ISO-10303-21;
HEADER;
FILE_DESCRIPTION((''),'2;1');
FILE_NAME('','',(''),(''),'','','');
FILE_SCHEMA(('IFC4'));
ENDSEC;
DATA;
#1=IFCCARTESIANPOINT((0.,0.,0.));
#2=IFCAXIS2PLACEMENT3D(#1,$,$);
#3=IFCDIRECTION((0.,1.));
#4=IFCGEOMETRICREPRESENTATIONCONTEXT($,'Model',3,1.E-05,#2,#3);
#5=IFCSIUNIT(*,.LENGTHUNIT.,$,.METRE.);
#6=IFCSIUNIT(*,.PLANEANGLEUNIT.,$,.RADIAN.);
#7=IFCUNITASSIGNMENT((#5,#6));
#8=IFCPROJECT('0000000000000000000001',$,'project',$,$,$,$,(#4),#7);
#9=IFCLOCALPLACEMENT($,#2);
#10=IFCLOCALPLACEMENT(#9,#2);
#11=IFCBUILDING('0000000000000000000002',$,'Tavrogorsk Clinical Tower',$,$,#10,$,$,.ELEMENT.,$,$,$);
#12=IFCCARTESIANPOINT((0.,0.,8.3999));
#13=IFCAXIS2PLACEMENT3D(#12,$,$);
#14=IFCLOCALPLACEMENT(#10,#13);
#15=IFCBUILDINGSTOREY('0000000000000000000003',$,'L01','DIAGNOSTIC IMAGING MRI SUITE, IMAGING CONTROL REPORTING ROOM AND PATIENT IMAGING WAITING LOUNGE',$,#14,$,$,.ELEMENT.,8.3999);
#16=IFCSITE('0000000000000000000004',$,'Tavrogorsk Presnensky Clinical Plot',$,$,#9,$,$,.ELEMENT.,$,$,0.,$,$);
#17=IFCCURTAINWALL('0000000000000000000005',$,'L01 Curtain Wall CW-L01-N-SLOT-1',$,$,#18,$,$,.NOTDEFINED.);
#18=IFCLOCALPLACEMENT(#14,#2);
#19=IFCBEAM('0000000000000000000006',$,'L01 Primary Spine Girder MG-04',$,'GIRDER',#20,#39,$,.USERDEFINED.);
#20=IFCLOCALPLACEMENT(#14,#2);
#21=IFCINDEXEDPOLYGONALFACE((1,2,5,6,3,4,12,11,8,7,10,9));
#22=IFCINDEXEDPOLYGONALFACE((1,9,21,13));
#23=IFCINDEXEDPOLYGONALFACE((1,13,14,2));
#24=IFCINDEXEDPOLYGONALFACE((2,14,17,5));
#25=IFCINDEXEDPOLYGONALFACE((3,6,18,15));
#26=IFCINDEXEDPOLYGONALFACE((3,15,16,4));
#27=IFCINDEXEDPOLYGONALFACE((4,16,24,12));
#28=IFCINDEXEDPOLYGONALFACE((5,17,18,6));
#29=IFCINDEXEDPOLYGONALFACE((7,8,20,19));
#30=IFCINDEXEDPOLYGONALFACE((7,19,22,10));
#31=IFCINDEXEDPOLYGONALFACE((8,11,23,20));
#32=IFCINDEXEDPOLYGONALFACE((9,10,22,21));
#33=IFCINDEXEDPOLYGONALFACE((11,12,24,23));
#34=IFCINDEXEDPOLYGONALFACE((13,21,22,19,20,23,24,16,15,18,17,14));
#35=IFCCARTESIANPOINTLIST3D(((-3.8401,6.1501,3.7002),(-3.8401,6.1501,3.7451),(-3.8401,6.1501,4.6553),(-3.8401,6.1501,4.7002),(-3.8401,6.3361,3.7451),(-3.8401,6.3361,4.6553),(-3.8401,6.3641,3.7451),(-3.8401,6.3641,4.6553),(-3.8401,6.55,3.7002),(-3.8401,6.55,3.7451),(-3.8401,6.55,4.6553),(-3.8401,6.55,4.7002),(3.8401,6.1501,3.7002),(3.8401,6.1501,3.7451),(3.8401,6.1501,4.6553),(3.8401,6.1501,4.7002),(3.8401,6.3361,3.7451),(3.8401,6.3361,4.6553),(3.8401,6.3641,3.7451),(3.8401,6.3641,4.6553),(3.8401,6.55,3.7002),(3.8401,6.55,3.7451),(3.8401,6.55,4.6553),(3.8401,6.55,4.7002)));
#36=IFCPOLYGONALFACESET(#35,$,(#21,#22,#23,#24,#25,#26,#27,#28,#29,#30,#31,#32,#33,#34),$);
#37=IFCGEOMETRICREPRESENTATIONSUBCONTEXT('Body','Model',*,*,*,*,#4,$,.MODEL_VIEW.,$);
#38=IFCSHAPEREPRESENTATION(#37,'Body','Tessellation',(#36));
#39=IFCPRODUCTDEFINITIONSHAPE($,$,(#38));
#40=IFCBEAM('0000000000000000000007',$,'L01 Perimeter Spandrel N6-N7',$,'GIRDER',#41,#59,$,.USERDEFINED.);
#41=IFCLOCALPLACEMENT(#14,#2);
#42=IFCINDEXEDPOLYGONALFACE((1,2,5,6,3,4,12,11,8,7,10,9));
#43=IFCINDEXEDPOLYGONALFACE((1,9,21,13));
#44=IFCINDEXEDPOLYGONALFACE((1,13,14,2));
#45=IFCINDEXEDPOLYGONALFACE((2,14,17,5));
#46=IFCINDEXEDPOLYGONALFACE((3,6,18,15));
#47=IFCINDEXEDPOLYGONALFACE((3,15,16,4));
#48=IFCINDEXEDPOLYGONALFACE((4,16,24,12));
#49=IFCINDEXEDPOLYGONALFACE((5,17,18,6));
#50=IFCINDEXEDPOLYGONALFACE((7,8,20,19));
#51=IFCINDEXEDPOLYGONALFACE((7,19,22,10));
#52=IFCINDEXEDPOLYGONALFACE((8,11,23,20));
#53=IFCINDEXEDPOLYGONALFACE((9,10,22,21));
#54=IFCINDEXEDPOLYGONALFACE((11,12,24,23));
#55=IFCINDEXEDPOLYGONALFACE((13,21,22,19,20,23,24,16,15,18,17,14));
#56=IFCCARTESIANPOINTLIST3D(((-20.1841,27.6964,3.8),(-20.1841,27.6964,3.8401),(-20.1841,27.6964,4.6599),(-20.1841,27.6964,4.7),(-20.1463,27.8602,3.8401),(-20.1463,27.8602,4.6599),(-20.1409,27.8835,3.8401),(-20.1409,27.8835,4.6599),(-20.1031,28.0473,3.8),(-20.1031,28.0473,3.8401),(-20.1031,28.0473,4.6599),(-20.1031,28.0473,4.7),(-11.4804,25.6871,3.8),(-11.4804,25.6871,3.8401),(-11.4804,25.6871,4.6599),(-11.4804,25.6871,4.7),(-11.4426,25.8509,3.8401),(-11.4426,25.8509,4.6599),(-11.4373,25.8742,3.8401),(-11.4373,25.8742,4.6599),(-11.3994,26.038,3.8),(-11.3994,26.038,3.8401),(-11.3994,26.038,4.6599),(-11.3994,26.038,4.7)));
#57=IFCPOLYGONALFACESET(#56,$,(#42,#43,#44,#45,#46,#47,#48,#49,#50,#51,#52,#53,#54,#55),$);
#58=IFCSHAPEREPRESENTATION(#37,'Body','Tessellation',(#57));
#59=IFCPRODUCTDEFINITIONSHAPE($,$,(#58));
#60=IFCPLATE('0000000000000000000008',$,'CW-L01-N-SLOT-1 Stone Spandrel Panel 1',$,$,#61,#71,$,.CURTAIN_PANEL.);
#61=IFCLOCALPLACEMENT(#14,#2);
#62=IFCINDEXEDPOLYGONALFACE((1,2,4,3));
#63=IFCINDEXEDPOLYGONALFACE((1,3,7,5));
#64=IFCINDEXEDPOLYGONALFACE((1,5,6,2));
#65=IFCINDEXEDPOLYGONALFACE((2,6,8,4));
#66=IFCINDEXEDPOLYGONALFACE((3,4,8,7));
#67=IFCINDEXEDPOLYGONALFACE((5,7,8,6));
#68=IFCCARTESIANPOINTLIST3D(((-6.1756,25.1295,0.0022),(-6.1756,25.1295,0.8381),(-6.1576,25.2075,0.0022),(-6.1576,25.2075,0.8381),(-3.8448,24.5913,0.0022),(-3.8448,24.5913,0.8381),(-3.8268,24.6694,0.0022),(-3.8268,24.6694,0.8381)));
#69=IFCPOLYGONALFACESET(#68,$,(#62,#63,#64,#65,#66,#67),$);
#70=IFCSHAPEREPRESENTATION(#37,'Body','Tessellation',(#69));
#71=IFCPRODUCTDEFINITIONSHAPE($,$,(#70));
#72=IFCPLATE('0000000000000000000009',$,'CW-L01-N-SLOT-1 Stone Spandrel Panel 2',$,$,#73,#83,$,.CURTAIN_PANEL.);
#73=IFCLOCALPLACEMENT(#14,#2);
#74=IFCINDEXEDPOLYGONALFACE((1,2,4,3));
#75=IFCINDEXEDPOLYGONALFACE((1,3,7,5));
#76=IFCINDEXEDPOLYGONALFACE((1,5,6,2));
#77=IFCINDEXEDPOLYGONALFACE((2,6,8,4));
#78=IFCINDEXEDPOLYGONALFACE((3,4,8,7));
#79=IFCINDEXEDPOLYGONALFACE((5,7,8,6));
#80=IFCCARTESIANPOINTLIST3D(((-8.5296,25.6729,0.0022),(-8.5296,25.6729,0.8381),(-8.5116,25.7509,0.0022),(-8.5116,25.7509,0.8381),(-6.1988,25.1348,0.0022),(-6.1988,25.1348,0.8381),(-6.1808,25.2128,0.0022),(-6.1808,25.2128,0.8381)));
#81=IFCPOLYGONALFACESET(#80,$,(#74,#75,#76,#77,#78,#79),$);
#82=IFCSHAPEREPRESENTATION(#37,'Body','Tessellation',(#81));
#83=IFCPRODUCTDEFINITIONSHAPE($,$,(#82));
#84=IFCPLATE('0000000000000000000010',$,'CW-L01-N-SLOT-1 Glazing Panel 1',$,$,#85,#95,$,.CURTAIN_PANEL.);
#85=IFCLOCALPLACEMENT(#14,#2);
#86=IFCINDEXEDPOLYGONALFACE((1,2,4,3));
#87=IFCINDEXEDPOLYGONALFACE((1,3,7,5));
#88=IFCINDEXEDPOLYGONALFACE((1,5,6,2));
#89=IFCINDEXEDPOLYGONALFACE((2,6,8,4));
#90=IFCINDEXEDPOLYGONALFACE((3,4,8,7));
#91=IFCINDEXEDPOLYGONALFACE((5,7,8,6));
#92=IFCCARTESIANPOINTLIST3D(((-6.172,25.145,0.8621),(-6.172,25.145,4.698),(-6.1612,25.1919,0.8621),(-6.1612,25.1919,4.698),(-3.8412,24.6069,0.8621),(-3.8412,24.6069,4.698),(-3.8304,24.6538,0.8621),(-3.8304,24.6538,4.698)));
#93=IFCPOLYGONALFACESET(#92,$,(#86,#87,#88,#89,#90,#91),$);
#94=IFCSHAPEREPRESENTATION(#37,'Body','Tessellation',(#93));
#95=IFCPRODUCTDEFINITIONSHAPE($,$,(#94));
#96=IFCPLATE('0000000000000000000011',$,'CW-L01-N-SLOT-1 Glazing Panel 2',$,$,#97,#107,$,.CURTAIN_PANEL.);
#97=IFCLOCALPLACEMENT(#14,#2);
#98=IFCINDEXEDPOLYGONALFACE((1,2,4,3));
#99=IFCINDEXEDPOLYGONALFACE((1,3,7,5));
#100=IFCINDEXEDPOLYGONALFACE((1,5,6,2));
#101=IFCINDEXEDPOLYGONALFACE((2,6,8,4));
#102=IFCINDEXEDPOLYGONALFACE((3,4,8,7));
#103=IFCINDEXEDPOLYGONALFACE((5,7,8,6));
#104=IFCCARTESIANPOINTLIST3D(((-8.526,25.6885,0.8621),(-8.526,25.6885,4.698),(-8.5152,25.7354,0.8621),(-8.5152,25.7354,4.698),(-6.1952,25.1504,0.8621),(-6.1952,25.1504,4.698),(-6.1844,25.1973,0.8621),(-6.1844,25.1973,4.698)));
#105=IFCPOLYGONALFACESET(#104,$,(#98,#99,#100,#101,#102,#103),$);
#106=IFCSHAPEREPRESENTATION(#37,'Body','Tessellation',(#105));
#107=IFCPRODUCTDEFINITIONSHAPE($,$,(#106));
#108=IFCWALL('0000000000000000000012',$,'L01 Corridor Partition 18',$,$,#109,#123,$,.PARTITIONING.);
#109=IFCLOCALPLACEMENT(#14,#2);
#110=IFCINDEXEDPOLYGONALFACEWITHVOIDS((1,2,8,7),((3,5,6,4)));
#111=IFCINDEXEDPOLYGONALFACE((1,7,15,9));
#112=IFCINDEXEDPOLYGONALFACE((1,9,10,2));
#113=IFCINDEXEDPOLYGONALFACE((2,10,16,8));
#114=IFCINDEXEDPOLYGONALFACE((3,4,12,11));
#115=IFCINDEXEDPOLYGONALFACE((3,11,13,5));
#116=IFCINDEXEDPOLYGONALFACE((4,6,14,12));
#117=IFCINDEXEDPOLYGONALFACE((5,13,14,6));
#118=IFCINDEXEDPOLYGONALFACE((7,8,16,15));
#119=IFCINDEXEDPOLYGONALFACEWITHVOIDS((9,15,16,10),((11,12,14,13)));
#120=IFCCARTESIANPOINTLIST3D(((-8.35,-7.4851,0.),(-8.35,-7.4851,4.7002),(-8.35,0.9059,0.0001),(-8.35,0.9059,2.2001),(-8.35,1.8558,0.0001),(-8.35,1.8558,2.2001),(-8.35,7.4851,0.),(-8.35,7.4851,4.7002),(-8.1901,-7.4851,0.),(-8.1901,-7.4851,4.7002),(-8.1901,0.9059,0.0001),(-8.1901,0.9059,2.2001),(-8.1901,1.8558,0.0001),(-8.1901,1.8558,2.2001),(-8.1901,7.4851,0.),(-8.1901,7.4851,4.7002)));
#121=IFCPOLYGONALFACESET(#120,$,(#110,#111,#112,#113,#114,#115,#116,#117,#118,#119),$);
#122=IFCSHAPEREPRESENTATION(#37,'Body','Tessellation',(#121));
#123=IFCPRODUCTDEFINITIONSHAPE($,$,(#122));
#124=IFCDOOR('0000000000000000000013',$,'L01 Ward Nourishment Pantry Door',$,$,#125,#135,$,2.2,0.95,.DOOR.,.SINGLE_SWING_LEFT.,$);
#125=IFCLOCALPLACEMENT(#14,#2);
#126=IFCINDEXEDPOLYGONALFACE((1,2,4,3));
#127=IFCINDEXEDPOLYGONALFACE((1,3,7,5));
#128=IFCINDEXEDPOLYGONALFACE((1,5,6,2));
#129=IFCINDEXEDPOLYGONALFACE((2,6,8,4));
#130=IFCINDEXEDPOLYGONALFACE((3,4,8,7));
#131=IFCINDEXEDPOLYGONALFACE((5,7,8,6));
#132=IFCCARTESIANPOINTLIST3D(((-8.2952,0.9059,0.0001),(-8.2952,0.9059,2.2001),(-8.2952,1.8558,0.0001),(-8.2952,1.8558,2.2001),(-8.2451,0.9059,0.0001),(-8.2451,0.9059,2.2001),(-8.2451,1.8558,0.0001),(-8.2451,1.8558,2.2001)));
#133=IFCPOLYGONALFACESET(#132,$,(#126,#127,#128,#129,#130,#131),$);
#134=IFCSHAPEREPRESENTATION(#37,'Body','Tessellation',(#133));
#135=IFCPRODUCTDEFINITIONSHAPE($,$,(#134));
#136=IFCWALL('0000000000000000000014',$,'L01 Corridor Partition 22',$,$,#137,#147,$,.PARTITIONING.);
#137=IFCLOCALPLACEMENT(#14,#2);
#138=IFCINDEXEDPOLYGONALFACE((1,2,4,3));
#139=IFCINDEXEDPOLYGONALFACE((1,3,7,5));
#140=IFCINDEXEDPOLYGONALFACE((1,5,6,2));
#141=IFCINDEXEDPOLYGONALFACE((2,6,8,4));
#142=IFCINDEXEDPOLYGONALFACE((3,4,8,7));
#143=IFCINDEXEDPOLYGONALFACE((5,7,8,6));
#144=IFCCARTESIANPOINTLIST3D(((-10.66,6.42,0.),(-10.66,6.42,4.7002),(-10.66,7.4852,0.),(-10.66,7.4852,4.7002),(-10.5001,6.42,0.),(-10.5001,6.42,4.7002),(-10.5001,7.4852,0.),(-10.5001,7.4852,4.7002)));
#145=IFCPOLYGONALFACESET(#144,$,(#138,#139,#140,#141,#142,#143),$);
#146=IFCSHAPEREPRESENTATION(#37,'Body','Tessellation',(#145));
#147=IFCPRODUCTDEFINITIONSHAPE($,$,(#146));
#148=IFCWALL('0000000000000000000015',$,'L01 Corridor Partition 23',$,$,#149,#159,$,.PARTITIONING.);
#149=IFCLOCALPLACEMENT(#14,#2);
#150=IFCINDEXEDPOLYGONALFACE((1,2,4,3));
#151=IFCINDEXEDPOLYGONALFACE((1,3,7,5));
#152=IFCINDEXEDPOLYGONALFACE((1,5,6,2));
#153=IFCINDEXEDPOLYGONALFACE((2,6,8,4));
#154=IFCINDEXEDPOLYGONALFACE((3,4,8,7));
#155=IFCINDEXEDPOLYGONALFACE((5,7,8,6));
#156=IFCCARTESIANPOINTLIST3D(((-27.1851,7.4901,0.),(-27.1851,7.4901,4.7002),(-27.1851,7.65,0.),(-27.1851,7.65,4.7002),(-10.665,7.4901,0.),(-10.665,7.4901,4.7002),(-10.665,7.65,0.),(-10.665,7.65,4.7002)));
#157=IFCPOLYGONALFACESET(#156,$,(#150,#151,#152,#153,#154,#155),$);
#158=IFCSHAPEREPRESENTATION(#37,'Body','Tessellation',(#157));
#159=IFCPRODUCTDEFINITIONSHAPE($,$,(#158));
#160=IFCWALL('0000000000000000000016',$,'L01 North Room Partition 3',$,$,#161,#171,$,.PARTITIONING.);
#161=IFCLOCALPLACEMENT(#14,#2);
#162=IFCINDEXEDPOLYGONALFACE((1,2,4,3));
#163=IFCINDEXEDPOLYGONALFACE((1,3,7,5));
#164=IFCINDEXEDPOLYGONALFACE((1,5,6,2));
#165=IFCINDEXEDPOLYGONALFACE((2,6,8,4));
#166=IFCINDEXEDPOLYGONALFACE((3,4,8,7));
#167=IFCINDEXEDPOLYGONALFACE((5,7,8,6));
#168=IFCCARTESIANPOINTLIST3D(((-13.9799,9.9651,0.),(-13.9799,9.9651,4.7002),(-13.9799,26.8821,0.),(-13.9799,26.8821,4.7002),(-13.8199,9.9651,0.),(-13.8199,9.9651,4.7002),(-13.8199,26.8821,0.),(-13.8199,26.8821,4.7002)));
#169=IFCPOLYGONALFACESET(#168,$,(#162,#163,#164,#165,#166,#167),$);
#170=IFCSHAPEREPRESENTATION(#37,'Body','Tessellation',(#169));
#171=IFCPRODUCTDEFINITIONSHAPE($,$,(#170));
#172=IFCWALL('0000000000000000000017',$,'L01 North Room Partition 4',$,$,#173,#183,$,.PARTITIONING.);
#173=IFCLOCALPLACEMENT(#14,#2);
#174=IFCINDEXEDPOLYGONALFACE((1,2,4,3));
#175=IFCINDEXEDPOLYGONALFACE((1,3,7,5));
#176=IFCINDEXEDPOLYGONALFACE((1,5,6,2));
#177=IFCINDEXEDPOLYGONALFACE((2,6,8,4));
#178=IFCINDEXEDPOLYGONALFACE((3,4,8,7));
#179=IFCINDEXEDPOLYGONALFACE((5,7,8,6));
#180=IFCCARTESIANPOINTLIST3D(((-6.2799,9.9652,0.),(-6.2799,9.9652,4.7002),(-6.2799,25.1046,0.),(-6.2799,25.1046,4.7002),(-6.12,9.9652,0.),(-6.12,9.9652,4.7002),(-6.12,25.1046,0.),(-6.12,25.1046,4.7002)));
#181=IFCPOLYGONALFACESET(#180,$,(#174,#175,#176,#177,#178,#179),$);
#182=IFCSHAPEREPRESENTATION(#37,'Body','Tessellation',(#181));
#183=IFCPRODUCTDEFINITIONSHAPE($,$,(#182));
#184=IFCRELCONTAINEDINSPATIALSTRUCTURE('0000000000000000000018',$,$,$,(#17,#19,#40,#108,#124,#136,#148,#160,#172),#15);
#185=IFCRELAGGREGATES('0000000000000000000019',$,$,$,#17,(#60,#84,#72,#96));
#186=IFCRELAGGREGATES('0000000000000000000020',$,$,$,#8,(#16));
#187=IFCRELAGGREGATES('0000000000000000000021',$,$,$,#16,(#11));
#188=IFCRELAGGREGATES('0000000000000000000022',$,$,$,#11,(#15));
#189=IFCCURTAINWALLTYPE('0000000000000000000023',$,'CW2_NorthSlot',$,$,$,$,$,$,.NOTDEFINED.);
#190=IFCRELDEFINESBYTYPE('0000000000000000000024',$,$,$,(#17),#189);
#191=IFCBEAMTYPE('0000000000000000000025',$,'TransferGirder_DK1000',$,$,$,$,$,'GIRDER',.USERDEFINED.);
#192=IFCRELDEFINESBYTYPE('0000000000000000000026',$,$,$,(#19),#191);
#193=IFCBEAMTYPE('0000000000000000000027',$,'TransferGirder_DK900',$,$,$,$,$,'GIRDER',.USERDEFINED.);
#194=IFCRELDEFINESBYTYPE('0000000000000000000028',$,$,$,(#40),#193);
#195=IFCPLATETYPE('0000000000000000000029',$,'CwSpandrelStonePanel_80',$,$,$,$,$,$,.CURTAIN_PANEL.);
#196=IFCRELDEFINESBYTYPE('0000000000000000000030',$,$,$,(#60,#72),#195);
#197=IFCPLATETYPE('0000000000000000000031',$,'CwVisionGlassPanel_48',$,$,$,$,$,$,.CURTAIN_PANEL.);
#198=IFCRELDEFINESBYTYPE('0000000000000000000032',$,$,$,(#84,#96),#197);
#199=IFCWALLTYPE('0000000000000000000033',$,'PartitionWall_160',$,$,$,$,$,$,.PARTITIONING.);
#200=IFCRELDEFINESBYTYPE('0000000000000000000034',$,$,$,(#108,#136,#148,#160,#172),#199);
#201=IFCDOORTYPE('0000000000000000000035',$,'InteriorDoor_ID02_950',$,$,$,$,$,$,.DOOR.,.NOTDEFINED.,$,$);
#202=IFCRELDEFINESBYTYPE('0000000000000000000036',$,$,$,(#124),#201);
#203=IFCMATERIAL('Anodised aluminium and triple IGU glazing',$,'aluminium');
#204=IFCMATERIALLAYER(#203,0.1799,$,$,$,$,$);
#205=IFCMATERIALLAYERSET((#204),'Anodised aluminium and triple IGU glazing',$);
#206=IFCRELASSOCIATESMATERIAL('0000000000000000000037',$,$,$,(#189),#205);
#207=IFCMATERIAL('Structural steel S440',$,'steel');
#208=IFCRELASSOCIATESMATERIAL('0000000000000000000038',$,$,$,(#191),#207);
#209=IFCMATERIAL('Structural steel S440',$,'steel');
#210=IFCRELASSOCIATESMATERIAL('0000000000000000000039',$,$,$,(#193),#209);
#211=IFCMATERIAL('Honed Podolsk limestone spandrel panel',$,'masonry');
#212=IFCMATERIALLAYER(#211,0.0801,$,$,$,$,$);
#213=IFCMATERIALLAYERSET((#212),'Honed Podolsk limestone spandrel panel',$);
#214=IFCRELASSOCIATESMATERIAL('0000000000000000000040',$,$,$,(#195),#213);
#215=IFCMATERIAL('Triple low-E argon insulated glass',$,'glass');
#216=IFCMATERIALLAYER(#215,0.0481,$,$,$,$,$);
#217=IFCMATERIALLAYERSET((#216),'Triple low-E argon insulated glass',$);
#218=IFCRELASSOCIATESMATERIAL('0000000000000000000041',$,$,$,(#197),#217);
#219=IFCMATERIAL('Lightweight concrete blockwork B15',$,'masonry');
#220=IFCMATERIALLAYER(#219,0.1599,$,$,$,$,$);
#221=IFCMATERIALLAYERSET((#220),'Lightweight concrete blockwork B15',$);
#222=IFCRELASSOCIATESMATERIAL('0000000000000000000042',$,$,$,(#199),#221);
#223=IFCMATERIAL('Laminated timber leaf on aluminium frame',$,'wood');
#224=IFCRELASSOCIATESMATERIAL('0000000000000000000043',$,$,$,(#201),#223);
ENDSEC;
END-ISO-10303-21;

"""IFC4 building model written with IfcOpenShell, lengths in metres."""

from ifc_helpers import new_model, si_unit, direction, frame, frame_2d, origin, origin_2d, place, context, subcontext, project, spatial, rectangle, i_section, extrude, material, layer, layer_set, material_profile, profile_set, type_object, element, fill, aggregate, save


model = new_model("IFC4")

# Units and contexts
model_context = context("Model", 3, precision=1e-05, world=origin(), true_north=direction((0.0, 1.0)))
body_context = subcontext(model_context, "Body", "Model", "MODEL_VIEW")
ifc_project = project(units=[si_unit("LENGTHUNIT", "METRE"), si_unit("PLANEANGLEUNIT", "RADIAN")], contexts=[model_context])

# Site, building, storey
site_placement = place(None, origin())
site = spatial("IfcSite", under=ifc_project, at=site_placement, Name="Tavrogorsk Presnensky Clinical Plot", CompositionType="ELEMENT", RefElevation=0.0)
building_placement = place(site_placement, origin())
building = spatial("IfcBuilding", under=site, at=building_placement, Name="Tavrogorsk Clinical Tower", CompositionType="ELEMENT")
storey_placement = place(building_placement, frame((0.0, 0.0, 8.3999)))
storey = spatial("IfcBuildingStorey", under=building, at=storey_placement, Name="L01", Description="DIAGNOSTIC IMAGING MRI SUITE, IMAGING CONTROL REPORTING ROOM AND PATIENT IMAGING WAITING LOUNGE", CompositionType="ELEMENT", Elevation=8.3999)

# Curtain wall
ifc_material_1 = material(Name="Anodised aluminium and triple IGU glazing", Category="aluminium")
ifc_layer_1 = layer(ifc_material_1, 0.1799)
ifc_layer_set_1 = layer_set([ifc_layer_1], Name="Anodised aluminium and triple IGU glazing")
curtain_wall_type = type_object("IfcCurtainWallType", Name="CW2_NorthSlot", PredefinedType="NOTDEFINED", material=ifc_layer_set_1)
curtain_wall_placement = place(storey_placement, origin())
curtain_wall = element("IfcCurtainWall", 1, at=curtain_wall_placement, inside=storey, type_object=curtain_wall_type, Name="L01 Curtain Wall CW-L01-N-SLOT-1", PredefinedType="NOTDEFINED")

# Beams
ifc_material_2 = material(Name="Structural steel S440", Category="steel")
ifc_material_profile_1 = material_profile(ifc_material_2, i_section(OverallWidth=0.3999, OverallDepth=1.0, WebThickness=0.0281, FlangeThickness=0.0449, at=origin_2d()), Name="DK-1000x400x28x45")
ifc_profile_set_1 = profile_set([ifc_material_profile_1], Name="Structural steel S440")
beam_type_1 = type_object("IfcBeamType", Name="TransferGirder_DK1000", ElementType="GIRDER", PredefinedType="USERDEFINED", material=ifc_profile_set_1)
beam_1_placement = place(storey_placement, frame((-3.8401, 6.3501, 4.2002), z_axis=(1.0, 0.0, 0.0), x_axis=(0.0, 1.0, 0.0)))
element("IfcBeam", 2, at=beam_1_placement, inside=storey, type_object=beam_type_1, Name="L01 Primary Spine Girder MG-04", ObjectType="GIRDER", PredefinedType="USERDEFINED", context=body_context, shape_type="SweptSolid", body=[
    extrude(i_section(OverallWidth=0.3999, OverallDepth=1.0, WebThickness=0.0281, FlangeThickness=0.0449, at=origin_2d()), origin(), (0.0, 0.0, 1.0), 7.6802),
])
ifc_material_3 = material(Name="Structural steel S440", Category="steel")
ifc_material_profile_2 = material_profile(ifc_material_3, i_section(OverallWidth=0.3601, OverallDepth=0.8999, WebThickness=0.0239, FlangeThickness=0.04, at=origin_2d()), Name="DK-900x360x24x40")
ifc_profile_set_2 = profile_set([ifc_material_profile_2], Name="Structural steel S440")
beam_type_2 = type_object("IfcBeamType", Name="TransferGirder_DK900", ElementType="GIRDER", PredefinedType="USERDEFINED", material=ifc_profile_set_2)
beam_2_placement = place(storey_placement, frame((-11.4399, 25.8625, 4.25), z_axis=(-0.974373, 0.224939, 0.0), x_axis=(-0.224939, -0.974373, 0.0)))
element("IfcBeam", 3, at=beam_2_placement, inside=storey, type_object=beam_type_2, Name="L01 Perimeter Spandrel N6-N7", ObjectType="GIRDER", PredefinedType="USERDEFINED", context=body_context, shape_type="SweptSolid", body=[
    extrude(i_section(OverallWidth=0.3601, OverallDepth=0.8999, WebThickness=0.0239, FlangeThickness=0.04, at=origin_2d()), origin(), (0.0, 0.0, 1.0), 8.9326),
])

# Plates
ifc_material_4 = material(Name="Honed Podolsk limestone spandrel panel", Category="masonry")
ifc_layer_2 = layer(ifc_material_4, 0.0801)
ifc_layer_set_2 = layer_set([ifc_layer_2], Name="Honed Podolsk limestone spandrel panel")
plate_type_1 = type_object("IfcPlateType", Name="CwSpandrelStonePanel_80", PredefinedType="CURTAIN_PANEL", material=ifc_layer_set_2)
plate_1_placement = place(storey_placement, frame((-5.0012, 24.8994, 0.0022), z_axis=(0.0, 0.0, 1.0), x_axis=(-0.97437, 0.224951, 0.0)))
plate_1 = element("IfcPlate", 4, at=plate_1_placement, type_object=plate_type_1, Name="CW-L01-N-SLOT-1 Stone Spandrel Panel 1", PredefinedType="CURTAIN_PANEL", context=body_context, shape_type="SweptSolid", body=[
    extrude(rectangle(XDim=2.3921, YDim=0.0801, at=origin_2d()), origin(), (0.0, 0.0, 1.0), 0.8359),
])
plate_2_placement = place(storey_placement, frame((-7.3552, 25.4429, 0.0022), z_axis=(0.0, 0.0, 1.0), x_axis=(-0.97437, 0.224951, 0.0)))
plate_2 = element("IfcPlate", 5, at=plate_2_placement, type_object=plate_type_1, Name="CW-L01-N-SLOT-1 Stone Spandrel Panel 2", PredefinedType="CURTAIN_PANEL", context=body_context, shape_type="SweptSolid", body=[
    extrude(rectangle(XDim=2.3921, YDim=0.0801, at=origin_2d()), origin(), (0.0, 0.0, 1.0), 0.8359),
])
ifc_material_5 = material(Name="Triple low-E argon insulated glass", Category="glass")
ifc_layer_3 = layer(ifc_material_5, 0.0481)
ifc_layer_set_3 = layer_set([ifc_layer_3], Name="Triple low-E argon insulated glass")
plate_type_2 = type_object("IfcPlateType", Name="CwVisionGlassPanel_48", PredefinedType="CURTAIN_PANEL", material=ifc_layer_set_3)
plate_3_placement = place(storey_placement, frame((-5.0012, 24.8994, 0.8621), z_axis=(0.0, 0.0, 1.0), x_axis=(-0.97437, 0.224951, 0.0)))
plate_3 = element("IfcPlate", 6, at=plate_3_placement, type_object=plate_type_2, Name="CW-L01-N-SLOT-1 Glazing Panel 1", PredefinedType="CURTAIN_PANEL", context=body_context, shape_type="SweptSolid", body=[
    extrude(rectangle(XDim=2.3921, YDim=0.0481, at=origin_2d()), origin(), (0.0, 0.0, 1.0), 3.8359),
])
plate_4_placement = place(storey_placement, frame((-7.3552, 25.4429, 0.8621), z_axis=(0.0, 0.0, 1.0), x_axis=(-0.97437, 0.224951, 0.0)))
plate_4 = element("IfcPlate", 7, at=plate_4_placement, type_object=plate_type_2, Name="CW-L01-N-SLOT-1 Glazing Panel 2", PredefinedType="CURTAIN_PANEL", context=body_context, shape_type="SweptSolid", body=[
    extrude(rectangle(XDim=2.3921, YDim=0.0481, at=origin_2d()), origin(), (0.0, 0.0, 1.0), 3.8359),
])
aggregate(curtain_wall, [plate_1, plate_3, plate_2, plate_4])

# Wall, opening, door
ifc_material_6 = material(Name="Lightweight concrete blockwork B15", Category="masonry")
ifc_layer_4 = layer(ifc_material_6, 0.1599)
ifc_layer_set_4 = layer_set([ifc_layer_4], Name="Lightweight concrete blockwork B15")
wall_type_1 = type_object("IfcWallType", Name="PartitionWall_160", PredefinedType="PARTITIONING", material=ifc_layer_set_4)
wall_1_placement = place(storey_placement, frame((-8.27, 7.4851, 0.0), z_axis=(0.0, 0.0, 1.0), x_axis=(0.0, -1.0, 0.0)))
wall_1 = element("IfcWall", 8, at=wall_1_placement, inside=storey, type_object=wall_type_1, Name="L01 Corridor Partition 18", PredefinedType="PARTITIONING", context=body_context, shape_type="SweptSolid", body=[
    extrude(rectangle(XDim=14.9702, YDim=0.1599, at=frame_2d((7.4851, 0.0))), origin(), (0.0, 0.0, 1.0), 4.7002),
])
opening_1_placement = place(wall_1_placement, frame((5.6292, 0.0, 0.0)))
opening_1 = element("IfcOpeningElement", 9, at=opening_1_placement, cuts=wall_1, PredefinedType="OPENING", context=body_context, shape_type="SweptSolid", body=[
    extrude(rectangle(XDim=0.95, YDim=2.2, at=frame_2d((0.4751, 1.1001))), frame((0.0, 0.0898, 0.0), z_axis=(0.0, -1.0, 0.0), x_axis=(1.0, 0.0, 0.0)), (0.0, 0.0, 1.0), 0.1799),
])
ifc_material_7 = material(Name="Laminated timber leaf on aluminium frame", Category="wood")
door_type = type_object("IfcDoorType", Name="InteriorDoor_ID02_950", OperationType="NOTDEFINED", PredefinedType="DOOR", material=ifc_material_7)
door_placement = place(opening_1_placement, origin())
door = element("IfcDoor", 10, at=door_placement, inside=storey, type_object=door_type, Name="L01 Ward Nourishment Pantry Door", OperationType="SINGLE_SWING_LEFT", OverallHeight=2.2, OverallWidth=0.95, PredefinedType="DOOR", context=body_context, shape_type="SweptSolid", body=[
    extrude(rectangle(XDim=0.95, YDim=2.2, at=frame_2d((0.4751, 1.1001))), frame((0.0, 0.0249, 0.0), z_axis=(0.0, -1.0, 0.0), x_axis=(1.0, 0.0, 0.0)), (0.0, 0.0, 1.0), 0.05),
])
fill(opening_1, door)

# Walls
wall_2_placement = place(storey_placement, frame((-10.5801, 6.4199, 0.0), z_axis=(0.0, 0.0, 1.0), x_axis=(0.0, 1.0, 0.0)))
element("IfcWall", 11, at=wall_2_placement, inside=storey, type_object=wall_type_1, Name="L01 Corridor Partition 22", PredefinedType="PARTITIONING", context=body_context, shape_type="SweptSolid", body=[
    extrude(rectangle(XDim=1.0652, YDim=0.1599, at=frame_2d((0.5327, 0.0))), origin(), (0.0, 0.0, 1.0), 4.7002),
])
wall_3_placement = place(storey_placement, frame((-10.665, 7.5701, 0.0), z_axis=(0.0, 0.0, 1.0), x_axis=(-1.0, 0.0, 0.0)))
element("IfcWall", 12, at=wall_3_placement, inside=storey, type_object=wall_type_1, Name="L01 Corridor Partition 23", PredefinedType="PARTITIONING", context=body_context, shape_type="SweptSolid", body=[
    extrude(rectangle(XDim=16.52, YDim=0.1599, at=frame_2d((8.26, 0.0))), origin(), (0.0, 0.0, 1.0), 4.7002),
])
wall_4_placement = place(storey_placement, frame((-13.8999, 9.9651, 0.0), z_axis=(0.0, 0.0, 1.0), x_axis=(0.0, 1.0, 0.0)))
element("IfcWall", 13, at=wall_4_placement, inside=storey, type_object=wall_type_1, Name="L01 North Room Partition 3", PredefinedType="PARTITIONING", context=body_context, shape_type="SweptSolid", body=[
    extrude(rectangle(XDim=16.917, YDim=0.1599, at=frame_2d((8.4585, 0.0))), origin(), (0.0, 0.0, 1.0), 4.7002),
])
wall_5_placement = place(storey_placement, frame((-6.2, 9.9651, 0.0), z_axis=(0.0, 0.0, 1.0), x_axis=(0.0, 1.0, 0.0)))
element("IfcWall", 14, at=wall_5_placement, inside=storey, type_object=wall_type_1, Name="L01 North Room Partition 4", PredefinedType="PARTITIONING", context=body_context, shape_type="SweptSolid", body=[
    extrude(rectangle(XDim=15.1394, YDim=0.1599, at=frame_2d((7.5698, 0.0))), origin(), (0.0, 0.0, 1.0), 4.7002),
])

save(model, "model.ifc")
